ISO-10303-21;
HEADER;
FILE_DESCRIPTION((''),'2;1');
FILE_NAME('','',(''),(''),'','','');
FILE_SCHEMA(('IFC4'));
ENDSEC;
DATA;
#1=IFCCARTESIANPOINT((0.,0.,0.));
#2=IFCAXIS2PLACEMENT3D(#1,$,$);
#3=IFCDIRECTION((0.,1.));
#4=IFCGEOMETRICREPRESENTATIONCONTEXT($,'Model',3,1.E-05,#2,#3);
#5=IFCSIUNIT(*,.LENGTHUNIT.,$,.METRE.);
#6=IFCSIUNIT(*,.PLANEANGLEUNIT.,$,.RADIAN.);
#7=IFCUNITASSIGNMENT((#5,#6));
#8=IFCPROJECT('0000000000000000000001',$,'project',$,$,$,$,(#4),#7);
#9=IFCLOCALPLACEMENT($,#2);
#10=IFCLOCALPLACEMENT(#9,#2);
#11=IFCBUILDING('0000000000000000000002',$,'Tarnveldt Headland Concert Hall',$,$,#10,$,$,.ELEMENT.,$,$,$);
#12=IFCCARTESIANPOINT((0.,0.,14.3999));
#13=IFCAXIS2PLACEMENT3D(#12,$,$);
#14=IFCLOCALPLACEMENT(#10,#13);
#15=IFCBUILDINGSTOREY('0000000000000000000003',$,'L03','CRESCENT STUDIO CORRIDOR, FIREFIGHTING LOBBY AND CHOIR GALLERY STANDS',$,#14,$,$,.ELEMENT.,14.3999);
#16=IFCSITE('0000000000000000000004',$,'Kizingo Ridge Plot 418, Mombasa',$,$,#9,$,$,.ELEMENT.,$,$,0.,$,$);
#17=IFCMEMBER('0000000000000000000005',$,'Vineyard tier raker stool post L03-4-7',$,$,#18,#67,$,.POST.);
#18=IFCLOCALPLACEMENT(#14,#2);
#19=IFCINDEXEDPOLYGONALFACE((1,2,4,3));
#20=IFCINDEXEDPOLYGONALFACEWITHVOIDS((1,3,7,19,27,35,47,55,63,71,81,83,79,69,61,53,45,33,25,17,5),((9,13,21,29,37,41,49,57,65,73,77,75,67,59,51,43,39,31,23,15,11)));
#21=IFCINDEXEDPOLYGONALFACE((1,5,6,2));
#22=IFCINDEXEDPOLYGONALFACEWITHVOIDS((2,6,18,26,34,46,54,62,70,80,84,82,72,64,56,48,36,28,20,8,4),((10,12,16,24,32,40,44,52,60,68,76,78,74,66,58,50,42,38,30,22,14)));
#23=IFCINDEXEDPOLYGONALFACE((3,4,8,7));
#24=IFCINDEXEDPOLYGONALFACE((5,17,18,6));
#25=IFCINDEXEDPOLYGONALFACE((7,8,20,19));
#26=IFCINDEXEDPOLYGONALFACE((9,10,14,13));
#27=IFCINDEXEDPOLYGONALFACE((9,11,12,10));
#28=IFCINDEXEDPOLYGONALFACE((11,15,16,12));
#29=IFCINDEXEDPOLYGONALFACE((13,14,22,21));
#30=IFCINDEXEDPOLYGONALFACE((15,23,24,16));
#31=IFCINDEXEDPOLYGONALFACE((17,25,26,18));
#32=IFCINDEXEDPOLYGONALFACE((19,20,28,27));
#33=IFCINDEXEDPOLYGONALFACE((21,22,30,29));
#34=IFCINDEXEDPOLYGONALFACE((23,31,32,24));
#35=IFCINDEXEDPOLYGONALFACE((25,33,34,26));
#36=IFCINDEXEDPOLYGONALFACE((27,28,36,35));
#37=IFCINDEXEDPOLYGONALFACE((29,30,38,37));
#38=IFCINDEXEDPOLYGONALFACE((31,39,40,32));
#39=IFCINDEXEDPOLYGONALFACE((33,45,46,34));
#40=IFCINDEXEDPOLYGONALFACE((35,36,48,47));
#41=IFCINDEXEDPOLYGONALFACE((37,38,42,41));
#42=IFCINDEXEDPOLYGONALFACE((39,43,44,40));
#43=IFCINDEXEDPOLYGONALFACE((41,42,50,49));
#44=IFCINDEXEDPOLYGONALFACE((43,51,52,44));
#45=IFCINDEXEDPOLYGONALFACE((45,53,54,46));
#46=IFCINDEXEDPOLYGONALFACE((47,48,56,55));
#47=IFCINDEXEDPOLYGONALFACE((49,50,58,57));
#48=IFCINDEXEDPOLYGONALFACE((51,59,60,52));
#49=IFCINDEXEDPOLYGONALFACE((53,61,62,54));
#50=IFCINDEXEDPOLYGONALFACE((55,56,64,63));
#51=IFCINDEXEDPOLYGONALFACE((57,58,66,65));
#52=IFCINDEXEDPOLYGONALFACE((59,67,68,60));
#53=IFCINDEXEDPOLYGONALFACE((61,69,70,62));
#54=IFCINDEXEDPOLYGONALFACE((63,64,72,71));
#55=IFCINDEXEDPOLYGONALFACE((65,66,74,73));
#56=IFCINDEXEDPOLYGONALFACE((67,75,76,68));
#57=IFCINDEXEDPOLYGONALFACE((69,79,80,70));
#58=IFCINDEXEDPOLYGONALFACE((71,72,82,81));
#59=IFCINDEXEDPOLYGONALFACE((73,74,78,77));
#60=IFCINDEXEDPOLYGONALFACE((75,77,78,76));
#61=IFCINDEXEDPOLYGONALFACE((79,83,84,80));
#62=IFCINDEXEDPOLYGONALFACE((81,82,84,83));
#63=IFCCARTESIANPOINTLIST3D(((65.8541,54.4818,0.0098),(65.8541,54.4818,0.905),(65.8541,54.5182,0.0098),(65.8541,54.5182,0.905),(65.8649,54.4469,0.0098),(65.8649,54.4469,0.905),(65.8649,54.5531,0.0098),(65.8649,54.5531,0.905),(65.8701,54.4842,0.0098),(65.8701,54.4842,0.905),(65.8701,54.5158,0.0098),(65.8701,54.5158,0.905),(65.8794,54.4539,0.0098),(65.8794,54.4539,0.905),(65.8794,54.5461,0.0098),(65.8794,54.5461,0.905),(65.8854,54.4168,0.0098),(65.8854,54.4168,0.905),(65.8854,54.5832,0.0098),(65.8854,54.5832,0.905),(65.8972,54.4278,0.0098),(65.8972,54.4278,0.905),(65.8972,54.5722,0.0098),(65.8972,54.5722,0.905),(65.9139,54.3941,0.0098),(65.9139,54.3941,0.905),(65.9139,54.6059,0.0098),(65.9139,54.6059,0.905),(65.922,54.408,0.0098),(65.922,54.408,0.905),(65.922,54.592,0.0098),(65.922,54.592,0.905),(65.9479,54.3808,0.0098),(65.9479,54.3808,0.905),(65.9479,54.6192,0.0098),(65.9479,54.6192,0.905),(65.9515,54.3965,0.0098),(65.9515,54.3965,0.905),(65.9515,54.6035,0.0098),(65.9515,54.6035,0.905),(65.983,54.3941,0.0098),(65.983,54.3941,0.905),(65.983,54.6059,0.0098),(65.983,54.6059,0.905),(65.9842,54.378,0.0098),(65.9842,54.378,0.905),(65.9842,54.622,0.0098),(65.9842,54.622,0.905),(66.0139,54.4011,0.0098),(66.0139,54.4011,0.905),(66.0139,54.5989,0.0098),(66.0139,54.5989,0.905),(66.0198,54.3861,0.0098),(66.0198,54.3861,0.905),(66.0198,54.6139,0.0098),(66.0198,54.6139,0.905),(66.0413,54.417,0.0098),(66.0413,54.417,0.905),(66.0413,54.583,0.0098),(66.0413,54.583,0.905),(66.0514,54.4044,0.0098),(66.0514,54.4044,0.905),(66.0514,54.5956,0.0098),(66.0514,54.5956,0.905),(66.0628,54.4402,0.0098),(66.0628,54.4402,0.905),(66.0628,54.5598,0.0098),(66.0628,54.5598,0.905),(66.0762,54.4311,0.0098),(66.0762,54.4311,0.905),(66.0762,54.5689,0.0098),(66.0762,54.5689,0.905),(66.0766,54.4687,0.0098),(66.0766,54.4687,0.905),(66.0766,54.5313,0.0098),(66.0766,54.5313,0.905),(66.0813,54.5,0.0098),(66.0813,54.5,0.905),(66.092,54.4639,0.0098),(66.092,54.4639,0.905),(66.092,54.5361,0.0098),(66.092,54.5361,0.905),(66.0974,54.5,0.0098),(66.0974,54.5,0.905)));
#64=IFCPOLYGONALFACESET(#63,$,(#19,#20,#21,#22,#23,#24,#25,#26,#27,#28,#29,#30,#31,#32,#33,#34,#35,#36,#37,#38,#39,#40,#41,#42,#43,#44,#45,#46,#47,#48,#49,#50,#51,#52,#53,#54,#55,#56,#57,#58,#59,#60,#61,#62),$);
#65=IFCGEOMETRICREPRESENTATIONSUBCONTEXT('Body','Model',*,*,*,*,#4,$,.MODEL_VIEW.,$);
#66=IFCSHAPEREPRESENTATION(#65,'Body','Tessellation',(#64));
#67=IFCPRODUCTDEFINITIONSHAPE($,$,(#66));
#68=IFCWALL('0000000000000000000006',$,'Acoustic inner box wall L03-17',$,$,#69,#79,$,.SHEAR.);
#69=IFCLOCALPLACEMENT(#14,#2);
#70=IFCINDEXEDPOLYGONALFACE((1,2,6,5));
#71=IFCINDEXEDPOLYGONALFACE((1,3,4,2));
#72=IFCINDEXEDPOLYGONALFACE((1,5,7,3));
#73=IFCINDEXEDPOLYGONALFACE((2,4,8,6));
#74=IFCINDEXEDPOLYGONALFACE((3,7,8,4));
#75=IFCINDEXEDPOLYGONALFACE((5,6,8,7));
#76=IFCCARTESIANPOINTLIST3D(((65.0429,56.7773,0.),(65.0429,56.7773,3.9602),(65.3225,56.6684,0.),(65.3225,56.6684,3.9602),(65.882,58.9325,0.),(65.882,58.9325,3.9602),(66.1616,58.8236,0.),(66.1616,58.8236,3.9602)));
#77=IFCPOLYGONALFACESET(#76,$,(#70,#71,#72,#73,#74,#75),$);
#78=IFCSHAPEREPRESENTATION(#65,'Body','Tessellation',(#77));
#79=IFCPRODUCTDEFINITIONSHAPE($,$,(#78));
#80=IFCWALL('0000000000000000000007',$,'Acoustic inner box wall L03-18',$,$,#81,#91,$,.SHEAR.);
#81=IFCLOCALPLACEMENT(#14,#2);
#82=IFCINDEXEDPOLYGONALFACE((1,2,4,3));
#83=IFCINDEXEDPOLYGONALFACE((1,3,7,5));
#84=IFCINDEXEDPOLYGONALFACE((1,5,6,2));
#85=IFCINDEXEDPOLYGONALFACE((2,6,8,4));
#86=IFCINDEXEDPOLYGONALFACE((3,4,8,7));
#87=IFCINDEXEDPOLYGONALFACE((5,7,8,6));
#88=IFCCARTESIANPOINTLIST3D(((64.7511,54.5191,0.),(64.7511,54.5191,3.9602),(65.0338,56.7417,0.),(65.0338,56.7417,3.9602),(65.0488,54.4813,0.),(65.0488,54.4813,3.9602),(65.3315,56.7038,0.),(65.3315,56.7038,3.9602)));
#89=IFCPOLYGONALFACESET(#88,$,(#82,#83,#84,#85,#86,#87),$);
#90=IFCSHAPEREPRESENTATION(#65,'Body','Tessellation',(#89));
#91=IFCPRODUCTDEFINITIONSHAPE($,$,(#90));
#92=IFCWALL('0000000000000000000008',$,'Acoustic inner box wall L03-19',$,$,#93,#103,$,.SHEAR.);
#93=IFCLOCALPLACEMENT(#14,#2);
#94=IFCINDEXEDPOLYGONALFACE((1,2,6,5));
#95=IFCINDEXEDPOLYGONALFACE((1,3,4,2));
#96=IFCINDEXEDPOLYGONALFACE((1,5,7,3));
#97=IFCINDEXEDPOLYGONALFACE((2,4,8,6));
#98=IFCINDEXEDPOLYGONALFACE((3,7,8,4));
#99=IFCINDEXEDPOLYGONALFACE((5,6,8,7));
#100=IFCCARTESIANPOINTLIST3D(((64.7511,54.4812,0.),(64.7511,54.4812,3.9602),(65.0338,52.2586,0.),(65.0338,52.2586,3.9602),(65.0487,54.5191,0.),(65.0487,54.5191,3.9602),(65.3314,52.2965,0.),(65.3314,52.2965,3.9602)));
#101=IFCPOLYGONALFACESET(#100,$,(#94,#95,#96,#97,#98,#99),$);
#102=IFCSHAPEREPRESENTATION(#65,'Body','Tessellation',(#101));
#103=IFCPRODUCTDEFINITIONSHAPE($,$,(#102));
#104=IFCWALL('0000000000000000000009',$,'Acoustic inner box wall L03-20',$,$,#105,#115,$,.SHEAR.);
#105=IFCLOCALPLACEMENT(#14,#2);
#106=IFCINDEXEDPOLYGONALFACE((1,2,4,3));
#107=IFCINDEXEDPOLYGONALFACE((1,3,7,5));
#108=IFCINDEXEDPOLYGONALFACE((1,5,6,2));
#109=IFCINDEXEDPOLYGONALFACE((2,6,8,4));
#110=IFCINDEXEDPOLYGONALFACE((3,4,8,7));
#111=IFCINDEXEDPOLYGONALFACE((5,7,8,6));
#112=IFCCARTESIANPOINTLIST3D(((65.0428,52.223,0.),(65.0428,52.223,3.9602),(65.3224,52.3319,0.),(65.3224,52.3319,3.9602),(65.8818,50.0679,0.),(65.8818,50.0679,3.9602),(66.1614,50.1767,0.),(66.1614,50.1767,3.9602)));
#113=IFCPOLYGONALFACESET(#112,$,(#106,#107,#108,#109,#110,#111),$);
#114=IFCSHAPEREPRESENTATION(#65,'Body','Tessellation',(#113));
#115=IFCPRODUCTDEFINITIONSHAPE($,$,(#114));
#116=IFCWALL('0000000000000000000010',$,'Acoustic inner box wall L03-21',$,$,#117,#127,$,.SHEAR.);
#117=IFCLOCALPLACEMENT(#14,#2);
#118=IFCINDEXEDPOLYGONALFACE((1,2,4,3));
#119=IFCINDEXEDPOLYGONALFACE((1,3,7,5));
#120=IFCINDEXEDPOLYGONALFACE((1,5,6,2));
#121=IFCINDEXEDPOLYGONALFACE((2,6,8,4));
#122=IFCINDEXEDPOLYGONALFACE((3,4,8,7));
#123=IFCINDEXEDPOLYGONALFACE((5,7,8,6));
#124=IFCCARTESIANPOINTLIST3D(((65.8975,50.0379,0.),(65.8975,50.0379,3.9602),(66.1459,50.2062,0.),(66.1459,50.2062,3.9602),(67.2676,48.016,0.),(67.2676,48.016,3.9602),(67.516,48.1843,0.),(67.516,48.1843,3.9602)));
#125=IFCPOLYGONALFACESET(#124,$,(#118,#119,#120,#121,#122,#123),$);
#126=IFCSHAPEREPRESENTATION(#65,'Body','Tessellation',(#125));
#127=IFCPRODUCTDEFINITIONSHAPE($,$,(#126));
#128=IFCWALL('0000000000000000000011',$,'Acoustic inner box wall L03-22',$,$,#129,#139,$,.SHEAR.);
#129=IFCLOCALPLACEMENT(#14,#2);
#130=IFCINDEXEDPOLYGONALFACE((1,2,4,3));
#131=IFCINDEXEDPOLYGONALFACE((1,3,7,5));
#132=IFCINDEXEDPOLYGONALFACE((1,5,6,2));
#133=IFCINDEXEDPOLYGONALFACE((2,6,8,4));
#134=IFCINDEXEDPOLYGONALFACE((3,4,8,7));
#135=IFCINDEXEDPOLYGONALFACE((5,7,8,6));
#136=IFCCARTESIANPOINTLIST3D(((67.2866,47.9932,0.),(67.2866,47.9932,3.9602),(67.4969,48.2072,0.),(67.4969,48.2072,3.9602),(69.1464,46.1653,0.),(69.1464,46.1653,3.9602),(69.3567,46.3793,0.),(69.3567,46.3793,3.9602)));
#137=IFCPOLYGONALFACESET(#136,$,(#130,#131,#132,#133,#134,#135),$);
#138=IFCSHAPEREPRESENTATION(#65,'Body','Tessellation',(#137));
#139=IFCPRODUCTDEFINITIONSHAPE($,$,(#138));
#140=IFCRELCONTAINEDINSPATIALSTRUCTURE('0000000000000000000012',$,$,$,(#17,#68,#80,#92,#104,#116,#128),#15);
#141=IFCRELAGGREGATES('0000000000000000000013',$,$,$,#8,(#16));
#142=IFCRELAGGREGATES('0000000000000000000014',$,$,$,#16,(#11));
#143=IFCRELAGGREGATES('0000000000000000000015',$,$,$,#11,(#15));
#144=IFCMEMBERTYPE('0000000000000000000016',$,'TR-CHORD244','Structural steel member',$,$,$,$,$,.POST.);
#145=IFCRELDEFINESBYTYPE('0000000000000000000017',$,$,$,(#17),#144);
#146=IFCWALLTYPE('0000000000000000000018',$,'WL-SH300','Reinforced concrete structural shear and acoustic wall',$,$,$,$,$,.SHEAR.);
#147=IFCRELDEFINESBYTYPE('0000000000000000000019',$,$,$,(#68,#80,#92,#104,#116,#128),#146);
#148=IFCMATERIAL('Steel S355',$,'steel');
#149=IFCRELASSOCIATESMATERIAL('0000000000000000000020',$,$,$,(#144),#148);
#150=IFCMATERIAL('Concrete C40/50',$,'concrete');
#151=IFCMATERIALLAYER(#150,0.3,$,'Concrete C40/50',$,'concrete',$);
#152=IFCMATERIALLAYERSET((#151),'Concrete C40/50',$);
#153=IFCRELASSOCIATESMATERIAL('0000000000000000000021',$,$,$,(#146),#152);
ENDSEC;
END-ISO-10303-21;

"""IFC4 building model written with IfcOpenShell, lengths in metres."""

from ifc_helpers import new_model, si_unit, direction, frame, frame_2d, origin, origin_2d, place, context, subcontext, project, spatial, rectangle, hollow_circle, extrude, material, layer, layer_set, material_profile, profile_set, type_object, element, save


model = new_model("IFC4")

# Units and contexts
model_context = context("Model", 3, precision=1e-05, world=origin(), true_north=direction((0.0, 1.0)))
body_context = subcontext(model_context, "Body", "Model", "MODEL_VIEW")
ifc_project = project(units=[si_unit("LENGTHUNIT", "METRE"), si_unit("PLANEANGLEUNIT", "RADIAN")], contexts=[model_context])

# Site, building, storey
site_placement = place(None, origin())
site = spatial("IfcSite", under=ifc_project, at=site_placement, Name="Kizingo Ridge Plot 418, Mombasa", CompositionType="ELEMENT", RefElevation=0.0)
building_placement = place(site_placement, origin())
building = spatial("IfcBuilding", under=site, at=building_placement, Name="Tarnveldt Headland Concert Hall", CompositionType="ELEMENT")
storey_placement = place(building_placement, frame((0.0, 0.0, 14.3999)))
storey = spatial("IfcBuildingStorey", under=building, at=storey_placement, Name="L03", Description="CRESCENT STUDIO CORRIDOR, FIREFIGHTING LOBBY AND CHOIR GALLERY STANDS", CompositionType="ELEMENT", Elevation=14.3999)

# Shared definitions
ifc_material_1 = material(Name="Concrete C40/50", Category="concrete")

# Shared definitions
ifc_material_2 = material(Name="Steel S355", Category="steel")

# Member
ifc_material_profile_1 = material_profile(ifc_material_2, hollow_circle(Radius=0.1223, WallThickness=0.0161, at=origin_2d()), Name="CHS 244.5x16", Category="steel")
ifc_profile_set_1 = profile_set([ifc_material_profile_1], Name="Steel S355")
member_type = type_object("IfcMemberType", Name="TR-CHORD244", Description="Structural steel member", PredefinedType="POST", material=ifc_profile_set_1)
member_1_placement = place(storey_placement, frame((65.9751, 54.5, 0.0098), z_axis=(0.0, 0.0, 1.0), x_axis=(1.0, 0.0, 0.0)))
element("IfcMember", 1, at=member_1_placement, inside=storey, type_object=member_type, Name="Vineyard tier raker stool post L03-4-7", PredefinedType="POST", context=body_context, shape_type="SweptSolid", body=[
    extrude(hollow_circle(Radius=0.1223, WallThickness=0.0161, at=origin_2d()), origin(), (0.0, 0.0, 1.0), 0.8953),
])

# Walls
ifc_layer_1 = layer(ifc_material_1, 0.3, Name="Concrete C40/50", Category="concrete")
ifc_layer_set_1 = layer_set([ifc_layer_1], Name="Concrete C40/50")
wall_type = type_object("IfcWallType", Name="WL-SH300", Description="Reinforced concrete structural shear and acoustic wall", PredefinedType="SHEAR", material=ifc_layer_set_1)
wall_1_placement = place(storey_placement, frame((66.0217, 58.8779, 0.0), z_axis=(0.0, 0.0, 1.0), x_axis=(-0.362803, -0.931866, 0.0)))
element("IfcWall", 2, at=wall_1_placement, inside=storey, type_object=wall_type, Name="Acoustic inner box wall L03-17", PredefinedType="SHEAR", context=body_context, shape_type="SweptSolid", body=[
    extrude(rectangle(XDim=2.3127, YDim=0.3, at=frame_2d((1.1562, 0.0))), origin(), (0.0, 0.0, 1.0), 3.9602),
])
for number, where, z_axis, x_axis, name in (
    (3, (65.1826, 56.7227, 0.0), (0.0, 0.0, 1.0), (-0.12618, -0.992007, 0.0), "Acoustic inner box wall L03-18"),
    (4, (64.8999, 54.5, 0.0), (0.0, 0.0, 1.0), (0.12618, -0.992007, 0.0), "Acoustic inner box wall L03-19"),
):
    element("IfcWall", number, at=place(storey_placement, frame(where, z_axis=z_axis, x_axis=x_axis)), inside=storey, type_object=wall_type, Name=name, PredefinedType="SHEAR", context=body_context, shape_type="SweptSolid", body=[
        extrude(rectangle(XDim=2.2405, YDim=0.3, at=frame_2d((1.1201, 0.0))), origin(), (0.0, 0.0, 1.0), 3.9602),
    ])
wall_2_placement = place(storey_placement, frame((65.1826, 52.2773, 0.0), z_axis=(0.0, 0.0, 1.0), x_axis=(0.362803, -0.931866, 0.0)))
element("IfcWall", 5, at=wall_2_placement, inside=storey, type_object=wall_type, Name="Acoustic inner box wall L03-20", PredefinedType="SHEAR", context=body_context, shape_type="SweptSolid", body=[
    extrude(rectangle(XDim=2.3127, YDim=0.3, at=frame_2d((1.1562, 0.0))), origin(), (0.0, 0.0, 1.0), 3.9602),
])
wall_3_placement = place(storey_placement, frame((66.0217, 50.1221, 0.0), z_axis=(0.0, 0.0, 1.0), x_axis=(0.560959, -0.827844, 0.0)))
element("IfcWall", 6, at=wall_3_placement, inside=storey, type_object=wall_type, Name="Acoustic inner box wall L03-21", PredefinedType="SHEAR", context=body_context, shape_type="SweptSolid", body=[
    extrude(rectangle(XDim=2.4424, YDim=0.3, at=frame_2d((1.2212, 0.0))), origin(), (0.0, 0.0, 1.0), 3.9602),
])
wall_4_placement = place(storey_placement, frame((67.3918, 48.1001, 0.0), z_axis=(0.0, 0.0, 1.0), x_axis=(0.713212, -0.700948, 0.0)))
element("IfcWall", 7, at=wall_4_placement, inside=storey, type_object=wall_type, Name="Acoustic inner box wall L03-22", PredefinedType="SHEAR", context=body_context, shape_type="SweptSolid", body=[
    extrude(rectangle(XDim=2.6077, YDim=0.3, at=frame_2d((1.3037, 0.0))), origin(), (0.0, 0.0, 1.0), 3.9602),
])

save(model, "model.ifc")
